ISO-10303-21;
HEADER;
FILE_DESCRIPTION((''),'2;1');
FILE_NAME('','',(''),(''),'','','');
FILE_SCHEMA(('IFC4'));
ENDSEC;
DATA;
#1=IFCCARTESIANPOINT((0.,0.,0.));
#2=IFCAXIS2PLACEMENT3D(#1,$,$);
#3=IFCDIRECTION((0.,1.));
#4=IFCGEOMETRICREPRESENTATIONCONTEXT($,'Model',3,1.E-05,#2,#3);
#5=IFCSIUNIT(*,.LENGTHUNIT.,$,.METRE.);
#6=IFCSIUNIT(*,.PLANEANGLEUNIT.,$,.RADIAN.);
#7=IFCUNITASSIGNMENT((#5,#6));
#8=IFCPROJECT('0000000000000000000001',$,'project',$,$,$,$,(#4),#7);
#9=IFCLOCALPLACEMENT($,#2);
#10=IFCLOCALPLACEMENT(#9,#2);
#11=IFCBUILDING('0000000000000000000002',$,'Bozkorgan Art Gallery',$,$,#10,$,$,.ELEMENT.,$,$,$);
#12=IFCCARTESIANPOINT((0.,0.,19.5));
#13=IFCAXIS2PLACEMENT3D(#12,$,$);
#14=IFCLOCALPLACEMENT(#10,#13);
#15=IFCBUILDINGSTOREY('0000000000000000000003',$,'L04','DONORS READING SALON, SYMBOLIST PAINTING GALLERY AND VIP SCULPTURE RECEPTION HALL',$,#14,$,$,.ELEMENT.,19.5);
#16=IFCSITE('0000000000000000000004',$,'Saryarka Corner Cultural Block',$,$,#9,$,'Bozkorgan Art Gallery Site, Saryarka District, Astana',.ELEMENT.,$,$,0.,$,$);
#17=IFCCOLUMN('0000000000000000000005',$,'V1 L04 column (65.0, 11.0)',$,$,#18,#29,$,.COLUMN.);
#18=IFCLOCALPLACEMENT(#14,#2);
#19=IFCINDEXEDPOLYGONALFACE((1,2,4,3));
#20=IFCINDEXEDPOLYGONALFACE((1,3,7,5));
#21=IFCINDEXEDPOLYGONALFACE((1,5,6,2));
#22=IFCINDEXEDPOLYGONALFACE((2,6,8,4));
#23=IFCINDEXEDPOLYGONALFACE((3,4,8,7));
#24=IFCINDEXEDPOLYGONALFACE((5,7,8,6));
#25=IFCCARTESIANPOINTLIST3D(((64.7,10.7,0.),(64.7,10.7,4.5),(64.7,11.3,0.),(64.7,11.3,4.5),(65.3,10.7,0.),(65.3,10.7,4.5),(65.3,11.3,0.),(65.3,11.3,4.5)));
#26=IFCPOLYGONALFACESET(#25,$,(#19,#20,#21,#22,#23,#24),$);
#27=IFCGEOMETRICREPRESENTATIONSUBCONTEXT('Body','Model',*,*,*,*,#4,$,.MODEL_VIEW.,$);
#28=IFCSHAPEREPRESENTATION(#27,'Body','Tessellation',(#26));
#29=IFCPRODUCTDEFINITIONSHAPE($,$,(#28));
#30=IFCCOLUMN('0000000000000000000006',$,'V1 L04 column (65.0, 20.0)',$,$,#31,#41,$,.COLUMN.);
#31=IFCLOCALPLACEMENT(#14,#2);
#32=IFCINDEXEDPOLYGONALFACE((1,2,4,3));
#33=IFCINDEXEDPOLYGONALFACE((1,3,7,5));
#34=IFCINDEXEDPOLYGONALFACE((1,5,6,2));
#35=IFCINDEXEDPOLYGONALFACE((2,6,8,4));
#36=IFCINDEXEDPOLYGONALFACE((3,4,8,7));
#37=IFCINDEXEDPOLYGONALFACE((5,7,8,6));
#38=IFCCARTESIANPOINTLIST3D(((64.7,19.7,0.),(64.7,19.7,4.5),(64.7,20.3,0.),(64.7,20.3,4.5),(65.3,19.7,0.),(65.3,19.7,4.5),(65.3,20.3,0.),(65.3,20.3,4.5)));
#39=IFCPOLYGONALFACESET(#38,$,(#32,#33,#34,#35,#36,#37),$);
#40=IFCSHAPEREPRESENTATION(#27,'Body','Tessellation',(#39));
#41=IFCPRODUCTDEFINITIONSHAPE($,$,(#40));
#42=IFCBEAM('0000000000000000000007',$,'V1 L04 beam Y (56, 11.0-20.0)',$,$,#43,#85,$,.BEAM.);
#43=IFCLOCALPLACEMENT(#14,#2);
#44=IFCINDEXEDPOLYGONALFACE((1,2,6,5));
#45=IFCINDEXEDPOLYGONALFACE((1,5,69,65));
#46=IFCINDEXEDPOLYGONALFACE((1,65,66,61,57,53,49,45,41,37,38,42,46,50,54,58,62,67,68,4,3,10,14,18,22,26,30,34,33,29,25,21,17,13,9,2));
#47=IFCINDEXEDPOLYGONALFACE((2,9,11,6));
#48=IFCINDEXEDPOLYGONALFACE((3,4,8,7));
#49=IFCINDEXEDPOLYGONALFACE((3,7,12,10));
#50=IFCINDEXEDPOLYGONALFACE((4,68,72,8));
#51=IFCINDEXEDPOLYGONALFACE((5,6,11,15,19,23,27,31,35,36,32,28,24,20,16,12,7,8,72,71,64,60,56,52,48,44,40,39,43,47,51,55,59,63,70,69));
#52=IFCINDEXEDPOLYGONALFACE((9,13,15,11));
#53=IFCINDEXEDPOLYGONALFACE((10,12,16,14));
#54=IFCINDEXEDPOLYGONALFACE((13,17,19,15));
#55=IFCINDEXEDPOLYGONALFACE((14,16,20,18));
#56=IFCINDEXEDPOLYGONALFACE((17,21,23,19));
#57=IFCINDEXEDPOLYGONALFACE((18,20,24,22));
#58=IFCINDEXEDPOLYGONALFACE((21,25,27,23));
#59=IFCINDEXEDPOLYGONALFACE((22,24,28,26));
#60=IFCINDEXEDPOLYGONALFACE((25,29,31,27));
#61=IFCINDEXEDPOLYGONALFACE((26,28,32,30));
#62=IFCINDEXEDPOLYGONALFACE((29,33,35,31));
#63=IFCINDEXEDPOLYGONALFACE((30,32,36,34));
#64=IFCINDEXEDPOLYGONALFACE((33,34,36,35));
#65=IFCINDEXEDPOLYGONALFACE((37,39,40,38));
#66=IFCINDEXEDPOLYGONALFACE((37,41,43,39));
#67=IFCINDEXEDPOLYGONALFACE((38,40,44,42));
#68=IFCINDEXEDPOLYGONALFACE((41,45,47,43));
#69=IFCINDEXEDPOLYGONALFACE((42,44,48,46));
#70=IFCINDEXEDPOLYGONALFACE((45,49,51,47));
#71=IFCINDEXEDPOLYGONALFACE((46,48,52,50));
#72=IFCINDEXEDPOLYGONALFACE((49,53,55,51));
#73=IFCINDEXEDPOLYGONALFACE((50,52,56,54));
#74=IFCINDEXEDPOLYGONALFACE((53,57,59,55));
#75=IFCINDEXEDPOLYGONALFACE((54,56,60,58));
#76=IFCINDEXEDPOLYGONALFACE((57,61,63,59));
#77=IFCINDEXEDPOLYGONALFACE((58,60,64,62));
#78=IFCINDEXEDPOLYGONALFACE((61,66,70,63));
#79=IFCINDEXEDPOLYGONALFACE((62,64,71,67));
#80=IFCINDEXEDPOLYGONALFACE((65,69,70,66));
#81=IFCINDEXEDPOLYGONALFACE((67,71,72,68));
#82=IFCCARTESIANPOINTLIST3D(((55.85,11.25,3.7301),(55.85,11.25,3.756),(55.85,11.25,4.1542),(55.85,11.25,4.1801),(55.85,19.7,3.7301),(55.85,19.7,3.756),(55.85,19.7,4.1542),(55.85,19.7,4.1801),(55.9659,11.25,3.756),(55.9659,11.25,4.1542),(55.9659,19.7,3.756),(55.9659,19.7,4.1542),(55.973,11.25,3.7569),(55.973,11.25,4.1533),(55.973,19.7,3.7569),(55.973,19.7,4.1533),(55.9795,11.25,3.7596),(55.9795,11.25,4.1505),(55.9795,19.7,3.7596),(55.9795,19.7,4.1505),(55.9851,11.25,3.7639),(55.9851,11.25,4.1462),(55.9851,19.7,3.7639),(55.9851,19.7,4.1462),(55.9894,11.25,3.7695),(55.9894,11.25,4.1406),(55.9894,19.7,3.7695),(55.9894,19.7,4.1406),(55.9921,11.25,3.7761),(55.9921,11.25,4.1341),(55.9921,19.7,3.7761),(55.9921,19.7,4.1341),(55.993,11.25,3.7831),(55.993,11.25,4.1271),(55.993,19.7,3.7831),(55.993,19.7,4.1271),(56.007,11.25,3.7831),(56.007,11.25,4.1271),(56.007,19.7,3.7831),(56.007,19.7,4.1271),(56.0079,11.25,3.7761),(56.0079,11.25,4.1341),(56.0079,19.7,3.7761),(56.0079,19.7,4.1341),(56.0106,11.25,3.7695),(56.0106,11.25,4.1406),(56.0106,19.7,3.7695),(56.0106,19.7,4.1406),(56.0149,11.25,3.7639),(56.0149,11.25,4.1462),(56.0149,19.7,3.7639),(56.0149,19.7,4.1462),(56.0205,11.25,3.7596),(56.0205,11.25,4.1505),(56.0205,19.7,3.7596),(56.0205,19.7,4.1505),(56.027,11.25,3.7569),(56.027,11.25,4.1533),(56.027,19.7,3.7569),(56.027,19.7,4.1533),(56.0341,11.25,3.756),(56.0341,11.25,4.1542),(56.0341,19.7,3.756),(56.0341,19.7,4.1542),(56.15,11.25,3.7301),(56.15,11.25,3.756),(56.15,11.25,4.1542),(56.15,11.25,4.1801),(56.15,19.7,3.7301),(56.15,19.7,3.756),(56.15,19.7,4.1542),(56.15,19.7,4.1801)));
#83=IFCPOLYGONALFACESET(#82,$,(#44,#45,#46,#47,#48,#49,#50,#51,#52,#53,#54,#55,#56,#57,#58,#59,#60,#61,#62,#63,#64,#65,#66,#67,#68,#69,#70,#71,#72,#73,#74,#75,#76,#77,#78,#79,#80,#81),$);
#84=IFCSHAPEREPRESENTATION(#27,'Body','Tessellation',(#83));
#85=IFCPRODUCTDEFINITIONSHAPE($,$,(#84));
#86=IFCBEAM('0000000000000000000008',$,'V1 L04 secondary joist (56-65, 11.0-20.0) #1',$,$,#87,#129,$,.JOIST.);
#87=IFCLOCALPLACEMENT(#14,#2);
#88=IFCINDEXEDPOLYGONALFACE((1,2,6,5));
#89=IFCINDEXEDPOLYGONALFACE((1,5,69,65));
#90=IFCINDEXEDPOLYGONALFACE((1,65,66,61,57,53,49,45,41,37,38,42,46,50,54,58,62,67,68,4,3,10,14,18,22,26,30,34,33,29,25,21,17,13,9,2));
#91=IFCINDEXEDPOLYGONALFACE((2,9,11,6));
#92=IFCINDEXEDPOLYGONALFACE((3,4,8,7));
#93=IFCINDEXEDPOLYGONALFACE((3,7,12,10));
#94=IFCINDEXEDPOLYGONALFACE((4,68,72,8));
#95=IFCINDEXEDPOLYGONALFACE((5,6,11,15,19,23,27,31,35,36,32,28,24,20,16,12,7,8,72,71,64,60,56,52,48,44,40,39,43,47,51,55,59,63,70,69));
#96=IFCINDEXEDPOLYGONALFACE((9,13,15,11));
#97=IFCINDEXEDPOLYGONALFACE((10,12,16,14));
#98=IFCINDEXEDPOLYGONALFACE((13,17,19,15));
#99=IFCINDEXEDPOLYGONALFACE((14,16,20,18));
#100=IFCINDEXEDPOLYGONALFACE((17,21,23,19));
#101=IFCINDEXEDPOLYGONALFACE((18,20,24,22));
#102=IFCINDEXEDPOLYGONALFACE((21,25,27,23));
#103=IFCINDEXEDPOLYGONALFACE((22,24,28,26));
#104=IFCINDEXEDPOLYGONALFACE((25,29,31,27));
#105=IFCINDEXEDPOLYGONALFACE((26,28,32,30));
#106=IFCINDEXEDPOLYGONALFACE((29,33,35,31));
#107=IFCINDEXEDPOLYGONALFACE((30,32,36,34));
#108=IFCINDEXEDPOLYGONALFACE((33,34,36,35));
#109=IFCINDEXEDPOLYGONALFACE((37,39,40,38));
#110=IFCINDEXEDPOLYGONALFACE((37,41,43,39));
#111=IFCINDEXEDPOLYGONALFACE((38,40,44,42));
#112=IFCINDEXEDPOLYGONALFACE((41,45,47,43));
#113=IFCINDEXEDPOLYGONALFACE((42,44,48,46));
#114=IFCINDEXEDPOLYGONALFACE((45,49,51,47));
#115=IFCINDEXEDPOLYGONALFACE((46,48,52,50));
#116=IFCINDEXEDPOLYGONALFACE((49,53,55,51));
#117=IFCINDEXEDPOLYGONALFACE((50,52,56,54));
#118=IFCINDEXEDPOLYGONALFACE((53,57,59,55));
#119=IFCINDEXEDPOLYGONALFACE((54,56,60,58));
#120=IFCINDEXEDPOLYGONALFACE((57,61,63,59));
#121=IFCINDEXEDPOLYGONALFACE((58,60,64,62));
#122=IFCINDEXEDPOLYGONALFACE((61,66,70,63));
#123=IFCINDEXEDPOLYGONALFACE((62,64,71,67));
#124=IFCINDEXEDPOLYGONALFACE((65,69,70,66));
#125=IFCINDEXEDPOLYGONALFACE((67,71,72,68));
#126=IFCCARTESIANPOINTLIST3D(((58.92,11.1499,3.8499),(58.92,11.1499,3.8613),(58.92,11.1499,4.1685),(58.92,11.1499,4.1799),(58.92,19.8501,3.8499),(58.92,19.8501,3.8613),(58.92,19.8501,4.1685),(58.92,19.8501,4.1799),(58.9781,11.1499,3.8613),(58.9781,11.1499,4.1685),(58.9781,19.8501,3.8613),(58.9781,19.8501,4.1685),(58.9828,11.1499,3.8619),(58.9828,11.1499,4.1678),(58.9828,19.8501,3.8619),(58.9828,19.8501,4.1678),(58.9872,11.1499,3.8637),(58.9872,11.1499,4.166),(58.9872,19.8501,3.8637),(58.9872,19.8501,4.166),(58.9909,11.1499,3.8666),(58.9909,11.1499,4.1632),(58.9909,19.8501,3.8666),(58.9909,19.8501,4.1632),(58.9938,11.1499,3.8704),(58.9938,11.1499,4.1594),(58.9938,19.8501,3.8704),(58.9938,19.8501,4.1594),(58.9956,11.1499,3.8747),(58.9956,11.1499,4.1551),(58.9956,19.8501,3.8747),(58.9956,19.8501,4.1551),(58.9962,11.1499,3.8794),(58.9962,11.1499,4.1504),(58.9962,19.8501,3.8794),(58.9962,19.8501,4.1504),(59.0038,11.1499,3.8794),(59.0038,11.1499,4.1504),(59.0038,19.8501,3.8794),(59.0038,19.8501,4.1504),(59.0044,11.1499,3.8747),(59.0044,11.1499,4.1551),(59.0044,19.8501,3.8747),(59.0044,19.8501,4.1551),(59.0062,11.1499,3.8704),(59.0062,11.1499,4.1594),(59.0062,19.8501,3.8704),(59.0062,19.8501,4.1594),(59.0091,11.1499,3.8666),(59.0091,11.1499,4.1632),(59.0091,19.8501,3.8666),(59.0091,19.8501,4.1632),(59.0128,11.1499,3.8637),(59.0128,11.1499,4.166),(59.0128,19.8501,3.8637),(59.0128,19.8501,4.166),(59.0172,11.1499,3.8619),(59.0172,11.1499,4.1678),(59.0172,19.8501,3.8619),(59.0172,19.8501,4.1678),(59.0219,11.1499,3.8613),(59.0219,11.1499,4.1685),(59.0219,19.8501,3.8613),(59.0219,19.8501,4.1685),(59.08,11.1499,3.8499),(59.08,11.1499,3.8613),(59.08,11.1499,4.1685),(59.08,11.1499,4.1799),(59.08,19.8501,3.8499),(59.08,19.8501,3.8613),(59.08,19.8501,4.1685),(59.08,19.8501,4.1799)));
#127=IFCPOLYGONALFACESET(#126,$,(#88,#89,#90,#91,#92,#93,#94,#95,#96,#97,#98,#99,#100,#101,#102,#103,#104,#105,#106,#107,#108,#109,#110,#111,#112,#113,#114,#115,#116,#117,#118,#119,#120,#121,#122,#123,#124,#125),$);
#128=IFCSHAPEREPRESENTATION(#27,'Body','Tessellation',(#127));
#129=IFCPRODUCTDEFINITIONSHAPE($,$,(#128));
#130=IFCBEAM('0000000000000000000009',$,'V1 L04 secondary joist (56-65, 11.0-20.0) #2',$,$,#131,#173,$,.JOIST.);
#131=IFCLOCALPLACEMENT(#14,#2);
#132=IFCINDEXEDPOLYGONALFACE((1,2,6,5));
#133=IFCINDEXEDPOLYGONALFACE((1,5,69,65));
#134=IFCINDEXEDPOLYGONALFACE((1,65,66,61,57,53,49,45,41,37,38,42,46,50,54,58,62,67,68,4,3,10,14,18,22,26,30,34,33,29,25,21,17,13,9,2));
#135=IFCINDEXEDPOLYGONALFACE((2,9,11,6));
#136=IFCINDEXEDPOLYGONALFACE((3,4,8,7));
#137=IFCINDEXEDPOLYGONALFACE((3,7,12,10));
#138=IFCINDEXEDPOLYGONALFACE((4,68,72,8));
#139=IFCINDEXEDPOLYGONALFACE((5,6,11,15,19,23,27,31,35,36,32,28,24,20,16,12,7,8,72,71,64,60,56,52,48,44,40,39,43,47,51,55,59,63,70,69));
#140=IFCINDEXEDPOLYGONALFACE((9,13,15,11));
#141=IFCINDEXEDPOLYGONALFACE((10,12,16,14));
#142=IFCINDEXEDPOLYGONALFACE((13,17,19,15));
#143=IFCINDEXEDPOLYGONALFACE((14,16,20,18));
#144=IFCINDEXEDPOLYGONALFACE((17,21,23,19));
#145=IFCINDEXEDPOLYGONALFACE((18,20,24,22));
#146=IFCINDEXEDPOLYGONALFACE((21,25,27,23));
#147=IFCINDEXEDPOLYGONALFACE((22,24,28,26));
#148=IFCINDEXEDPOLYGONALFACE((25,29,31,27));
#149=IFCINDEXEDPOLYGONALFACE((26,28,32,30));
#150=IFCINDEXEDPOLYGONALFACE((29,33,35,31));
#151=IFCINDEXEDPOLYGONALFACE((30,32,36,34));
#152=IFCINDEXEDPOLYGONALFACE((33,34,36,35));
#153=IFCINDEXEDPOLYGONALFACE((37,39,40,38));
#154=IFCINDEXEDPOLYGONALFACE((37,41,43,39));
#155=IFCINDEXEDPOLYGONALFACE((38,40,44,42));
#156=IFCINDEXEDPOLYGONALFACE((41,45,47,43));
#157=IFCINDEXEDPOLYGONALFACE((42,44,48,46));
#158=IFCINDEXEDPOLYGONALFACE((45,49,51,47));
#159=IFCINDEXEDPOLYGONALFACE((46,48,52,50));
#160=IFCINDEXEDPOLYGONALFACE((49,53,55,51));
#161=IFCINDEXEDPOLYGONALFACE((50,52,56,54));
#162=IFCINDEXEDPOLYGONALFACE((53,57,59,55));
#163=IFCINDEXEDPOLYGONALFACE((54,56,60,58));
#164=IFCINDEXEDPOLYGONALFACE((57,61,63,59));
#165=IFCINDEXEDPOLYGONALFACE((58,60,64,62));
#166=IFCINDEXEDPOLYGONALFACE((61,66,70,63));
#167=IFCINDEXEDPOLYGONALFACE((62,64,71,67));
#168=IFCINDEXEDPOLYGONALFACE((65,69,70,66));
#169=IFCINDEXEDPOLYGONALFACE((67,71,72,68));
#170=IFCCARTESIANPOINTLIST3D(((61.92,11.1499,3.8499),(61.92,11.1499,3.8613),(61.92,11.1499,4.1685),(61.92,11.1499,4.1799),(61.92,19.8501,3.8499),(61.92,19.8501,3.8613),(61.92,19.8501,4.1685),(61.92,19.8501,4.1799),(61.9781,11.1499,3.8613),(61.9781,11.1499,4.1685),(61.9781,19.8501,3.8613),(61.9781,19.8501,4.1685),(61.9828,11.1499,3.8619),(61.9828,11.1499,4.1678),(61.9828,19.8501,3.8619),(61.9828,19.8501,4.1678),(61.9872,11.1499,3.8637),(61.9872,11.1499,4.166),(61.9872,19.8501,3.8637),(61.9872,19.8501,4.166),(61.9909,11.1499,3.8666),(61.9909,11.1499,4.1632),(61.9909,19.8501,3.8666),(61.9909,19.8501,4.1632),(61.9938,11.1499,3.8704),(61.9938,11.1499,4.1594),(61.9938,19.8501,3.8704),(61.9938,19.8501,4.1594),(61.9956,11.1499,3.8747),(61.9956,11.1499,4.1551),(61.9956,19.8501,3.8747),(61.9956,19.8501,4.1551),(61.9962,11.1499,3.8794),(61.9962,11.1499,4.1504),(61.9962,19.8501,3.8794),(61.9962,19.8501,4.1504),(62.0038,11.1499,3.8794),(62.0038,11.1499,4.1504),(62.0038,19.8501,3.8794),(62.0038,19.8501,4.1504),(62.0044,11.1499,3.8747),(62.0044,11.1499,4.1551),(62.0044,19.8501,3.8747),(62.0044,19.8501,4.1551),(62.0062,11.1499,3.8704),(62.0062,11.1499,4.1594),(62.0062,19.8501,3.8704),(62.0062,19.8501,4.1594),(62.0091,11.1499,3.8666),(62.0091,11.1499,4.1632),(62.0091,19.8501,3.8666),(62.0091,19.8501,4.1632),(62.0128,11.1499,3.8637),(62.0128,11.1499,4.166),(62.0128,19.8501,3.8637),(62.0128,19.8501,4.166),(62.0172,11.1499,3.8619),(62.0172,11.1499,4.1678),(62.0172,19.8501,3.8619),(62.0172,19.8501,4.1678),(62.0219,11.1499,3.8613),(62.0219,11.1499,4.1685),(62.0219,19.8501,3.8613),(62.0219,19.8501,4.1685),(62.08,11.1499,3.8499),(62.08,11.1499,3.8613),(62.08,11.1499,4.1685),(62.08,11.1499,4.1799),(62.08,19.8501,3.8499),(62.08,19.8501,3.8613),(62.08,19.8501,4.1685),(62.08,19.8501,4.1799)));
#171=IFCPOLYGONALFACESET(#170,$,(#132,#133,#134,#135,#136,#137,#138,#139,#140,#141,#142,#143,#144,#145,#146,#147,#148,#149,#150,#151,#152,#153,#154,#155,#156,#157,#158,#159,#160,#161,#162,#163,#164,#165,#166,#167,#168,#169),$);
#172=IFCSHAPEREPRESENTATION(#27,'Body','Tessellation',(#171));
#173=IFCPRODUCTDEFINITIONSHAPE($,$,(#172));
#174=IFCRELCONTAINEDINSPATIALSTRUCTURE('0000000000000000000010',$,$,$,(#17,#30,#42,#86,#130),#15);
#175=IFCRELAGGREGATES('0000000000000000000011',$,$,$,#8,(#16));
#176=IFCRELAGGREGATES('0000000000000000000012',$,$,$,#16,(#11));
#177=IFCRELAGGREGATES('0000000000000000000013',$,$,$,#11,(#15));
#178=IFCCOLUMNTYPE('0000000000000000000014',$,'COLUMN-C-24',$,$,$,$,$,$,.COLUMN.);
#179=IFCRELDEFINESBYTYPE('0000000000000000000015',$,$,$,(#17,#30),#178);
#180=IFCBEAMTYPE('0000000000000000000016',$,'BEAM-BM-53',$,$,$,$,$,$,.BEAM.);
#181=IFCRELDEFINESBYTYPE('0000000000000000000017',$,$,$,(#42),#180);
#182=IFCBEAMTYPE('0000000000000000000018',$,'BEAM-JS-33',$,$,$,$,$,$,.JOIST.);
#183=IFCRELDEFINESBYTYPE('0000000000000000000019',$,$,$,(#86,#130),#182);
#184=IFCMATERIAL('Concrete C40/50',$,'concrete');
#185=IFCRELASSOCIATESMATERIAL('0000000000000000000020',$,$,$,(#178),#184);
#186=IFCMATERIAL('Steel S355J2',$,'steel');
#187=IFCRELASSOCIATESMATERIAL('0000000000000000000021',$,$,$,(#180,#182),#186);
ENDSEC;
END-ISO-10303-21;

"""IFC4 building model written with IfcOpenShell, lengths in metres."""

from ifc_helpers import new_model, si_unit, direction, frame, origin, origin_2d, place, context, subcontext, project, spatial, rectangle, i_section, extrude, material, material_profile, profile_set, type_object, element, save


model = new_model("IFC4")

# Units and contexts
model_context = context("Model", 3, precision=1e-05, world=origin(), true_north=direction((0.0, 1.0)))
body_context = subcontext(model_context, "Body", "Model", "MODEL_VIEW")
ifc_project = project(units=[si_unit("LENGTHUNIT", "METRE"), si_unit("PLANEANGLEUNIT", "RADIAN")], contexts=[model_context])

# Site, building, storey
site_placement = place(None, origin())
site = spatial("IfcSite", under=ifc_project, at=site_placement, Name="Saryarka Corner Cultural Block", LongName="Bozkorgan Art Gallery Site, Saryarka District, Astana", CompositionType="ELEMENT", RefElevation=0.0)
building_placement = place(site_placement, origin())
building = spatial("IfcBuilding", under=site, at=building_placement, Name="Bozkorgan Art Gallery", CompositionType="ELEMENT")
storey_placement = place(building_placement, frame((0.0, 0.0, 19.5)))
storey = spatial("IfcBuildingStorey", under=building, at=storey_placement, Name="L04", Description="DONORS READING SALON, SYMBOLIST PAINTING GALLERY AND VIP SCULPTURE RECEPTION HALL", CompositionType="ELEMENT", Elevation=19.5)

# Columns
ifc_material_1 = material(Name="Concrete C40/50", Category="concrete")
ifc_material_profile_1 = material_profile(ifc_material_1, rectangle(XDim=0.6001, YDim=0.6001, at=origin_2d()), Name="RC 600x600")
ifc_profile_set_1 = profile_set([ifc_material_profile_1], Name="Concrete C40/50")
column_type = type_object("IfcColumnType", Name="COLUMN-C-24", PredefinedType="COLUMN", material=ifc_profile_set_1)
for number, where, z_axis, x_axis, name in (
    (1, (65.0, 11.0, 0.0), (0.0, 0.0, 1.0), (1.0, 0.0, 0.0), "V1 L04 column (65.0, 11.0)"),
    (2, (65.0, 20.0, 0.0), (0.0, 0.0, 1.0), (1.0, 0.0, 0.0), "V1 L04 column (65.0, 20.0)"),
):
    element("IfcColumn", number, at=place(storey_placement, frame(where, z_axis=z_axis, x_axis=x_axis)), inside=storey, type_object=column_type, Name=name, PredefinedType="COLUMN", context=body_context, shape_type="SweptSolid", body=[
        extrude(rectangle(XDim=0.6001, YDim=0.6001, at=origin_2d()), origin(), (0.0, 0.0, 1.0), 4.5),
    ])

# Beams
ifc_material_2 = material(Name="Steel S355J2", Category="steel")
ifc_material_profile_2 = material_profile(ifc_material_2, i_section(OverallWidth=0.3, OverallDepth=0.45, WebThickness=0.0139, FlangeThickness=0.0259, FilletRadius=0.0271, at=origin_2d()), Name="HEB 450")
ifc_profile_set_2 = profile_set([ifc_material_profile_2], Name="Steel S355J2")
beam_type_1 = type_object("IfcBeamType", Name="BEAM-BM-53", PredefinedType="BEAM", material=ifc_profile_set_2)
beam_placement = place(storey_placement, frame((56.0, 11.25, 3.9551), z_axis=(0.0, 1.0, 0.0), x_axis=(-1.0, 0.0, 0.0)))
element("IfcBeam", 3, at=beam_placement, inside=storey, type_object=beam_type_1, Name="V1 L04 beam Y (56, 11.0-20.0)", PredefinedType="BEAM", context=body_context, shape_type="SweptSolid", body=[
    extrude(i_section(OverallWidth=0.3, OverallDepth=0.45, WebThickness=0.0139, FlangeThickness=0.0259, FilletRadius=0.0271, at=origin_2d()), origin(), (0.0, 0.0, 1.0), 8.45),
])
ifc_material_profile_3 = material_profile(ifc_material_2, i_section(OverallWidth=0.1599, OverallDepth=0.3301, WebThickness=0.0076, FlangeThickness=0.0115, FilletRadius=0.0181, at=origin_2d()), Name="IPE 330")
ifc_profile_set_3 = profile_set([ifc_material_profile_3], Name="Steel S355J2")
beam_type_2 = type_object("IfcBeamType", Name="BEAM-JS-33", PredefinedType="JOIST", material=ifc_profile_set_3)
for number, where, z_axis, x_axis, name in (
    (4, (59.0, 11.1499, 4.0149), (0.0, 1.0, 0.0), (-1.0, 0.0, 0.0), "V1 L04 secondary joist (56-65, 11.0-20.0) #1"),
    (5, (62.0, 11.1499, 4.0149), (0.0, 1.0, 0.0), (-1.0, 0.0, 0.0), "V1 L04 secondary joist (56-65, 11.0-20.0) #2"),
):
    element("IfcBeam", number, at=place(storey_placement, frame(where, z_axis=z_axis, x_axis=x_axis)), inside=storey, type_object=beam_type_2, Name=name, PredefinedType="JOIST", context=body_context, shape_type="SweptSolid", body=[
        extrude(i_section(OverallWidth=0.1599, OverallDepth=0.3301, WebThickness=0.0076, FlangeThickness=0.0115, FilletRadius=0.0181, at=origin_2d()), origin(), (0.0, 0.0, 1.0), 8.7002),
    ])

save(model, "model.ifc")
